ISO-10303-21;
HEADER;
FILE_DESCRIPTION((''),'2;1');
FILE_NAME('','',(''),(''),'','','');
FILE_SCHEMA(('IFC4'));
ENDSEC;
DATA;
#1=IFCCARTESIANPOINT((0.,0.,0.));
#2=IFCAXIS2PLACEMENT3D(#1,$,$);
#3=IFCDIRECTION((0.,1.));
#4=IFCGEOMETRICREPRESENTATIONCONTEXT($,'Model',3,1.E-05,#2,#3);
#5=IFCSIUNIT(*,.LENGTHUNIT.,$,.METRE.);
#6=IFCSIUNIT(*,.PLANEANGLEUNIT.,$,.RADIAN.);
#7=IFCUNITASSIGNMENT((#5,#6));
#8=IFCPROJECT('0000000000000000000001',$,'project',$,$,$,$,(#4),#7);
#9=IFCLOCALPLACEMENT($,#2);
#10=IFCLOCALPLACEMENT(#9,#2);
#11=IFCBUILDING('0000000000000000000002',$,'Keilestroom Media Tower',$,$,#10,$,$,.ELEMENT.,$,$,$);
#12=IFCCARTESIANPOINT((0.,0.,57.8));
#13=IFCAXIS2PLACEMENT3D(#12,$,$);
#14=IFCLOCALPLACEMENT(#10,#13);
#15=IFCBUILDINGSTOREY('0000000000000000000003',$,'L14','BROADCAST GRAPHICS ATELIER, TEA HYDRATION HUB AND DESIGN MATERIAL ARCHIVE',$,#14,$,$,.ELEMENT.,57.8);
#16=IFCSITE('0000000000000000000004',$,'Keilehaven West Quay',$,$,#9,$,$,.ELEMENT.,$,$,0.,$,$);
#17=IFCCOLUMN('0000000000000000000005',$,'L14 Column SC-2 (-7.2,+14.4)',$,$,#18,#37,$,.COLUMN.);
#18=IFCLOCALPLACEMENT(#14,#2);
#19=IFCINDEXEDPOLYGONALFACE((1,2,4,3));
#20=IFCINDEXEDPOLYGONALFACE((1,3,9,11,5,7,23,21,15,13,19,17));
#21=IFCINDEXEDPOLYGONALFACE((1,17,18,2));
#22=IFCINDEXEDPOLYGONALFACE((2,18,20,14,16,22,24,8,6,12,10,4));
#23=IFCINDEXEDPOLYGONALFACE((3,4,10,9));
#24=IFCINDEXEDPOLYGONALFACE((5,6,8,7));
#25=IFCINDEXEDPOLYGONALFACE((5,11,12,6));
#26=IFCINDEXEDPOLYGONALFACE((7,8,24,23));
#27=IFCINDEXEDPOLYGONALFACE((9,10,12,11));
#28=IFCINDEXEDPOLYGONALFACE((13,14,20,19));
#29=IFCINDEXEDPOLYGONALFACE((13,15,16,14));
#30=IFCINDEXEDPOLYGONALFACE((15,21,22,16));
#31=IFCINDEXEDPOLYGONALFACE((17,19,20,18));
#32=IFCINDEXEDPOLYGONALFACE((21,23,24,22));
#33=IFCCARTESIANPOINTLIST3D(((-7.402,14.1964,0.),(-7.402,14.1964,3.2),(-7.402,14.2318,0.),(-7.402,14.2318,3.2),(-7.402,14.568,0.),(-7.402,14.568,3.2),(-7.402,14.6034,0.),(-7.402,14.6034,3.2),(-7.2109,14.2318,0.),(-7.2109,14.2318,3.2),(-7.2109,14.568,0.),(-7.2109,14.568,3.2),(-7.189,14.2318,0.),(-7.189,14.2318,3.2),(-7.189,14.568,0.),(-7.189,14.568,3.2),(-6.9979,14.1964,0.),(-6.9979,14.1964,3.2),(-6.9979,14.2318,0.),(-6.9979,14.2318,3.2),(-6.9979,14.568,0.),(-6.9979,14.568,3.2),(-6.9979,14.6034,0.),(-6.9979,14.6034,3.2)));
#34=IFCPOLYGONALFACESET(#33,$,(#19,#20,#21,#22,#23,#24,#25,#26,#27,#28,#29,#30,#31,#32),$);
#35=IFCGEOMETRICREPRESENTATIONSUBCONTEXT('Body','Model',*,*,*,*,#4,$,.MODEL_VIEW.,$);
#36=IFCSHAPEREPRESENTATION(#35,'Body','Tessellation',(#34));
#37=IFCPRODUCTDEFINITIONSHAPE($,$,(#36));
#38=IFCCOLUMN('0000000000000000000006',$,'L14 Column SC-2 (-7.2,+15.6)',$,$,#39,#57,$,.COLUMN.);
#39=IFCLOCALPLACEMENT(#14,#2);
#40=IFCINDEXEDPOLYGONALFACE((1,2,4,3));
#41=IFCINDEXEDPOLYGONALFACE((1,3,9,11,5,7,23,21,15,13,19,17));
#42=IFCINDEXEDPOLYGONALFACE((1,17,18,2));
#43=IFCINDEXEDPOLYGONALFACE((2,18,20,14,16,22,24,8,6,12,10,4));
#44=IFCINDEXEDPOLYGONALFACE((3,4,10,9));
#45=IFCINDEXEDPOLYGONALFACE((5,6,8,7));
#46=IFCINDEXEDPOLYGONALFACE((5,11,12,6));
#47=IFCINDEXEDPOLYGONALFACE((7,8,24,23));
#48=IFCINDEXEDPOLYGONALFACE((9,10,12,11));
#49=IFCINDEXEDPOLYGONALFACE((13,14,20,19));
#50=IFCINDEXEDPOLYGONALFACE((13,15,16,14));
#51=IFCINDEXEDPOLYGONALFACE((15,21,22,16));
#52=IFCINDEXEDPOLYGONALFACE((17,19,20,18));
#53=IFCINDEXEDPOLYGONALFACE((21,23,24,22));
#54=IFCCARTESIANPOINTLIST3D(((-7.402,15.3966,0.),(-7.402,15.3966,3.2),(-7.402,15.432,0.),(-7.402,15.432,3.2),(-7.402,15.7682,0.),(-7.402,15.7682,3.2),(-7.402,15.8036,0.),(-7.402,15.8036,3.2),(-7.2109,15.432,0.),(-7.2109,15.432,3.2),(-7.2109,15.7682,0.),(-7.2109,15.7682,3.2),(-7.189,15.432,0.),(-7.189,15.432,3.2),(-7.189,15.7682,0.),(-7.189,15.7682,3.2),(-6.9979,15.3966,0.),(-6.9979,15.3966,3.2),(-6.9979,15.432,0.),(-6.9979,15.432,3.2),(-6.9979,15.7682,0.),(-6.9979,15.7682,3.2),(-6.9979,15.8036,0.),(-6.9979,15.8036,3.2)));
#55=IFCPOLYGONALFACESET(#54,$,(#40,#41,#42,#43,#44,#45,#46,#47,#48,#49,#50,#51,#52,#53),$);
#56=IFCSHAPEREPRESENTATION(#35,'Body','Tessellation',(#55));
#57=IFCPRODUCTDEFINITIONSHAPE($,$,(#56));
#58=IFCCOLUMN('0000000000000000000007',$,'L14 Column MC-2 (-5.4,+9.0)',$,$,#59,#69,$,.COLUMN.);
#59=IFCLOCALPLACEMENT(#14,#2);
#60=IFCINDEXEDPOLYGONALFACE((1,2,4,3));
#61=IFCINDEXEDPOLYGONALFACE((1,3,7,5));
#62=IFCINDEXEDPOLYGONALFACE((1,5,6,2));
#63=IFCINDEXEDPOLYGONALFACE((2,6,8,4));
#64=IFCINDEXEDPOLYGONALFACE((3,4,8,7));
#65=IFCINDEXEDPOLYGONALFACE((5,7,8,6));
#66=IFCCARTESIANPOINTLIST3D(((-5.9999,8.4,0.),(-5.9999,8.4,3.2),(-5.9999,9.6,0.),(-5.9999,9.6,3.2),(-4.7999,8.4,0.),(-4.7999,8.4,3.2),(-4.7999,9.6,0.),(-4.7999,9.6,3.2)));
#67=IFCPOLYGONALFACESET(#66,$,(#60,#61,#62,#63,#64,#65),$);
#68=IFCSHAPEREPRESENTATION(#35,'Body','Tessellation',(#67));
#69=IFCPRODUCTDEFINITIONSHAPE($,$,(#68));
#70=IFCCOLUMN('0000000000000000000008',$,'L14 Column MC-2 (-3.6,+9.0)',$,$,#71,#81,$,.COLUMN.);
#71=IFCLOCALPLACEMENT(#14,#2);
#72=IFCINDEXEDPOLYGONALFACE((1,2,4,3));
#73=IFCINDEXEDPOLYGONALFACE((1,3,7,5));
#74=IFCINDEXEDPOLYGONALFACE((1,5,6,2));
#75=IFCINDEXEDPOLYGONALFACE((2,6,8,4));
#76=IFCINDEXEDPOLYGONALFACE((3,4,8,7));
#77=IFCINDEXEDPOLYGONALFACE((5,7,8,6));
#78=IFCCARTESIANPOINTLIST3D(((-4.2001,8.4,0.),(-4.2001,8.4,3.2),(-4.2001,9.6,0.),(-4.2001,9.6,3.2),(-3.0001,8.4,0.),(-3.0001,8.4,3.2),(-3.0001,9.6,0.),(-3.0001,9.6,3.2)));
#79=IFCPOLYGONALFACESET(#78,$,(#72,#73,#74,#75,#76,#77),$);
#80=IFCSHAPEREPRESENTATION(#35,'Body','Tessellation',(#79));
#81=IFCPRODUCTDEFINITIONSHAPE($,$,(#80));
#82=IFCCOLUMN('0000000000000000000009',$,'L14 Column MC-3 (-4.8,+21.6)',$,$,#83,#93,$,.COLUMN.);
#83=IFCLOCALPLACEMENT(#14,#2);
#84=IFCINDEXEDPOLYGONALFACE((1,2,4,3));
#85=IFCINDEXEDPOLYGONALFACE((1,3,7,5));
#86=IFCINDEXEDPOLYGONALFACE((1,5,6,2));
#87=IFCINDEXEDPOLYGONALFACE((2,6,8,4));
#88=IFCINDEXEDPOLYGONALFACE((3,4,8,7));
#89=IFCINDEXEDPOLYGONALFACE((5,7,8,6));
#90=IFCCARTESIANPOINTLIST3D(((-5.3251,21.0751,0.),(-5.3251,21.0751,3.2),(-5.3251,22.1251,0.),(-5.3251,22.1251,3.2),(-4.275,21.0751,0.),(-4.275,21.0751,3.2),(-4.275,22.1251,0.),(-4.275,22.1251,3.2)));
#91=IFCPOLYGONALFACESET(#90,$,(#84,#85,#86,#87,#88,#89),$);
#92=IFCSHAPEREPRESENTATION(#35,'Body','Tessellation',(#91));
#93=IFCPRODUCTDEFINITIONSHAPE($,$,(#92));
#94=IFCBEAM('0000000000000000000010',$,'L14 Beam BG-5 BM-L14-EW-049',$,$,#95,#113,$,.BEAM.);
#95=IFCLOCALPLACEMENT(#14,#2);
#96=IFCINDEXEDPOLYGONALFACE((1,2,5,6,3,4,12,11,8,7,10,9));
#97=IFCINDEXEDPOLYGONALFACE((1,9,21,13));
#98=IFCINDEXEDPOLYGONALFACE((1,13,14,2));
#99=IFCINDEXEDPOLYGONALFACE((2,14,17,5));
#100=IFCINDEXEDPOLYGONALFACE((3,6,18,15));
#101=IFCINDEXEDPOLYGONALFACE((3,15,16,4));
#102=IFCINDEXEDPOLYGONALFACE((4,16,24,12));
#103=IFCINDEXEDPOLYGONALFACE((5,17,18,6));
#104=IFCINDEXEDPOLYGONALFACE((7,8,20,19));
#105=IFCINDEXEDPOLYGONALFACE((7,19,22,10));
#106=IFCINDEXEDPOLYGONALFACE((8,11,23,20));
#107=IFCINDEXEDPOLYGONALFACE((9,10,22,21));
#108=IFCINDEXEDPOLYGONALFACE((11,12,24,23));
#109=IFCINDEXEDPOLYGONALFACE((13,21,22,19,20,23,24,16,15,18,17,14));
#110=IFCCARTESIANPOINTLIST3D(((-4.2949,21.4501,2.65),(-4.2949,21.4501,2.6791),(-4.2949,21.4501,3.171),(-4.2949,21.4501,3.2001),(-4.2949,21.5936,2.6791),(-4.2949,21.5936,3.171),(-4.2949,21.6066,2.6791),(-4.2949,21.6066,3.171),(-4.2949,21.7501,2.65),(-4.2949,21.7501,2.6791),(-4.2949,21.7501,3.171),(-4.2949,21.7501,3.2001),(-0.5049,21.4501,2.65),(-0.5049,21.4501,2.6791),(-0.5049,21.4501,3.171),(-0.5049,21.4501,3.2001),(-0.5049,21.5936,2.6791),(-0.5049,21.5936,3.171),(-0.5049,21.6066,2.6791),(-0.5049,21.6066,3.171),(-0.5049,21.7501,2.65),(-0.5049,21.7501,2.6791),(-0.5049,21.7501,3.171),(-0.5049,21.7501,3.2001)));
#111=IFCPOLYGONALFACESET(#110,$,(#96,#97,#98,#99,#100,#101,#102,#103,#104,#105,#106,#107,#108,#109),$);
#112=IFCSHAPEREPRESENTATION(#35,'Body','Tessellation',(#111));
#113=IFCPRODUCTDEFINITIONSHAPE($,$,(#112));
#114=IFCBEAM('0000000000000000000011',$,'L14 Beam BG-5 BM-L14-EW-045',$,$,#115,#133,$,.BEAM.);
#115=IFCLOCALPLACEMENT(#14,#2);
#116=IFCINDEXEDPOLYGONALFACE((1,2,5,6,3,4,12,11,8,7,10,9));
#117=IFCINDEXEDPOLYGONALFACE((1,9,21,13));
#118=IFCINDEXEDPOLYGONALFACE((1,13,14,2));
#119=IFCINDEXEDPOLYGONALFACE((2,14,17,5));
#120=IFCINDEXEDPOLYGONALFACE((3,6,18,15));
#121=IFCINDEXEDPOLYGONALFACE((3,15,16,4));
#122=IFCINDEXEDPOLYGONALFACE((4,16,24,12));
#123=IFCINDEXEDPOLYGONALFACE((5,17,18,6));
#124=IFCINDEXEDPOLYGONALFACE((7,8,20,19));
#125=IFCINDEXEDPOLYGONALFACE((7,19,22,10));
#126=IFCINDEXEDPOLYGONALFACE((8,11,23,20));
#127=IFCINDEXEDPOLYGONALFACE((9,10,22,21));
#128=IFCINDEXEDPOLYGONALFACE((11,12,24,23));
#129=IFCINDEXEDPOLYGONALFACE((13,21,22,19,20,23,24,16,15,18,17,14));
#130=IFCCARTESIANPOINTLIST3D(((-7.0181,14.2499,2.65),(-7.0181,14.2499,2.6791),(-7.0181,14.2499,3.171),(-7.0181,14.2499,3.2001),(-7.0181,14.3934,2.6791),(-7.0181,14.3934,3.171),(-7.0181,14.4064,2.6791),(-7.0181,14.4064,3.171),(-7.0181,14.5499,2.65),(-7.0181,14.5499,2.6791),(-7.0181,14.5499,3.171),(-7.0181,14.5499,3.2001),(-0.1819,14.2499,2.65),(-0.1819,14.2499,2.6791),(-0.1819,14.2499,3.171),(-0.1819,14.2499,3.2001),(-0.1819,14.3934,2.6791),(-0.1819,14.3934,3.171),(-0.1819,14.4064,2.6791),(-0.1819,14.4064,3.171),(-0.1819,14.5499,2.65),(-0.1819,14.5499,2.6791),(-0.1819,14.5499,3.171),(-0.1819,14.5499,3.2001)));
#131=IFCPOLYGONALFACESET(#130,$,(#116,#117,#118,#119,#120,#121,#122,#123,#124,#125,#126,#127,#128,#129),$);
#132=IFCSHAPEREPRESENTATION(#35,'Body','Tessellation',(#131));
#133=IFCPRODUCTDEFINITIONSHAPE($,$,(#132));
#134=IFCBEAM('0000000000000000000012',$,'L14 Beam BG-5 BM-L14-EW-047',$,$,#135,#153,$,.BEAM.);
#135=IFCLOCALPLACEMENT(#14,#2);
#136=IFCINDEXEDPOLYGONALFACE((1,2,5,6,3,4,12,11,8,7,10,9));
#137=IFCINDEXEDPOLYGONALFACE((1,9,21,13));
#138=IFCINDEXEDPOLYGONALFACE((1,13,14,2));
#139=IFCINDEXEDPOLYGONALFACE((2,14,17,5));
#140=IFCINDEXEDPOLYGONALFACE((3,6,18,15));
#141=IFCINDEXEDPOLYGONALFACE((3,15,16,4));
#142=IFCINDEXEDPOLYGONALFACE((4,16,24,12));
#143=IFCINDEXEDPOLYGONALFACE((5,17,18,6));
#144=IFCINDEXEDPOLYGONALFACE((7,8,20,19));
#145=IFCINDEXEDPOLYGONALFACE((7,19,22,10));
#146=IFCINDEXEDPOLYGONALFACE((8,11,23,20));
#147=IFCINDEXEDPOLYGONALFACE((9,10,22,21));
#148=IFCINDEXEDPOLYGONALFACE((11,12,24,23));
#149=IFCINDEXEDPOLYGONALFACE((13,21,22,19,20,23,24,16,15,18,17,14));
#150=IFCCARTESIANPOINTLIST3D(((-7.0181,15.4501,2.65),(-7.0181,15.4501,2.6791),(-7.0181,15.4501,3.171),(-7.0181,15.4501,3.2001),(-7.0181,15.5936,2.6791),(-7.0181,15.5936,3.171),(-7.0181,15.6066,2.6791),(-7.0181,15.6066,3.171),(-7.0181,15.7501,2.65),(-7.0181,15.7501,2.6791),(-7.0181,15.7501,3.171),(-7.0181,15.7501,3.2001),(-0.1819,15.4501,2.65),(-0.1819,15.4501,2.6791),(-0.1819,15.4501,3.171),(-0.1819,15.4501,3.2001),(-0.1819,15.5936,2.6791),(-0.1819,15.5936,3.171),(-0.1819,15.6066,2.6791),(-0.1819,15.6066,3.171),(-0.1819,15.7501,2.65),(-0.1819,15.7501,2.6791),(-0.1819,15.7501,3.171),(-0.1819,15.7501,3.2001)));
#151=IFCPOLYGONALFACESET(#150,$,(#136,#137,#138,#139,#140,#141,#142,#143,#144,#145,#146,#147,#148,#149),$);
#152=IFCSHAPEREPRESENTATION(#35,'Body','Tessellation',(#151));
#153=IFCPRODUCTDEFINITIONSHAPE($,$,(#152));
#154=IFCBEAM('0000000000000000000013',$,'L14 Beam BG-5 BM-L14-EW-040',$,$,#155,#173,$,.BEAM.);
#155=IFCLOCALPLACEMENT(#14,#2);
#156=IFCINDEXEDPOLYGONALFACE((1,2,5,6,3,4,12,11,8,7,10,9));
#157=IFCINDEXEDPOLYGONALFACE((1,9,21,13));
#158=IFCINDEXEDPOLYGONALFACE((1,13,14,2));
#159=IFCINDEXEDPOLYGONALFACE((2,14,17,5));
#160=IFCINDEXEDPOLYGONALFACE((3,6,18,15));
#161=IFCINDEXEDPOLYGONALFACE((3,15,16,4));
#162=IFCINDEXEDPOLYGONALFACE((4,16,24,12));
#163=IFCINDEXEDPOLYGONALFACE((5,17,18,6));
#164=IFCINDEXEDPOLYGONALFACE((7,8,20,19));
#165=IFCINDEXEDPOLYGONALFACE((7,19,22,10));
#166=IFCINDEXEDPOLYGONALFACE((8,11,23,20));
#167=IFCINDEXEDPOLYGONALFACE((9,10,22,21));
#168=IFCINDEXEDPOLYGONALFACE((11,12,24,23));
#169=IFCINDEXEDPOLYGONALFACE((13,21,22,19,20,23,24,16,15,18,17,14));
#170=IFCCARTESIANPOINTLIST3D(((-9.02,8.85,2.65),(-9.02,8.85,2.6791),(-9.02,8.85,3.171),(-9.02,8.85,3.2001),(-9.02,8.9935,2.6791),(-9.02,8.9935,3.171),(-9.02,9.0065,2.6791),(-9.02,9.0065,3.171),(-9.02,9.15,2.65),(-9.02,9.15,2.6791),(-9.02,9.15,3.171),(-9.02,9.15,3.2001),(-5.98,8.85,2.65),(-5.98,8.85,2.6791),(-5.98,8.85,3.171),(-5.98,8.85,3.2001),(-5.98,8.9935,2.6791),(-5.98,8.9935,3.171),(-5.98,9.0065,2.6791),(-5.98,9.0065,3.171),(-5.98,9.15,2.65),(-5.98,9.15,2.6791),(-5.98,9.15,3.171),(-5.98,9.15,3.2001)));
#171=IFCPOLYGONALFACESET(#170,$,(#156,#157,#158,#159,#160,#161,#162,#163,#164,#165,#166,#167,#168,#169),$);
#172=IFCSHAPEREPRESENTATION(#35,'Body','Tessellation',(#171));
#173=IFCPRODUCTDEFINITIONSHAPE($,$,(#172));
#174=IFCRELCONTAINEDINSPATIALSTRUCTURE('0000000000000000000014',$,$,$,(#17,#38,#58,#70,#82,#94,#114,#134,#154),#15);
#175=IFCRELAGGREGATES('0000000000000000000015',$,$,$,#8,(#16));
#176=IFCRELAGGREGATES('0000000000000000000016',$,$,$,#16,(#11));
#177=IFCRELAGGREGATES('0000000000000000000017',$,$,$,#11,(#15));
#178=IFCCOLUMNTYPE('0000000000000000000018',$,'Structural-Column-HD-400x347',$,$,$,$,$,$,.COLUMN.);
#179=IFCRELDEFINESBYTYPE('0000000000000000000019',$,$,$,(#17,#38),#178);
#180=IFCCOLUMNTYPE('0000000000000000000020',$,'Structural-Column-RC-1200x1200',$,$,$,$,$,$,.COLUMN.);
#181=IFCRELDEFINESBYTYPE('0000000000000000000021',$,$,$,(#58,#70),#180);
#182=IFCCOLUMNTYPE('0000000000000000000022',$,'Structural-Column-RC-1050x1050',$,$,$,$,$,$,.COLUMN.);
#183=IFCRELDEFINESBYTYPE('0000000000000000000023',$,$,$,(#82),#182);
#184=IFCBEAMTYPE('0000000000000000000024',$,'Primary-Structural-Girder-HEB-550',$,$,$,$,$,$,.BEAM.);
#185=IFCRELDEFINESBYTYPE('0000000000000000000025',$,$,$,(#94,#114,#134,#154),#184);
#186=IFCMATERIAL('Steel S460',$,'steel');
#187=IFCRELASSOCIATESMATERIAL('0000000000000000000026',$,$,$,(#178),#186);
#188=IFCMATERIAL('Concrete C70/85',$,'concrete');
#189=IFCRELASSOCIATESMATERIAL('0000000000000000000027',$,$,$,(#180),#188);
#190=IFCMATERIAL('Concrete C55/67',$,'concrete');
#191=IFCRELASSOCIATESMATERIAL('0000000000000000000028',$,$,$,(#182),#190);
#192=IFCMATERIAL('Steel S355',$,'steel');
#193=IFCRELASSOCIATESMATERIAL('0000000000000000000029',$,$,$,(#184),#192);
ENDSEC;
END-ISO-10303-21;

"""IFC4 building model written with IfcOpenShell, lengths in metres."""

from ifc_helpers import new_model, si_unit, direction, frame, origin, origin_2d, place, context, subcontext, project, spatial, rectangle, i_section, extrude, source, transform, mapped, material, material_profile, profile_set, type_object, element, save


model = new_model("IFC4")

# Units and contexts
model_context = context("Model", 3, precision=1e-05, world=origin(), true_north=direction((0.0, 1.0)))
body_context = subcontext(model_context, "Body", "Model", "MODEL_VIEW")
ifc_project = project(units=[si_unit("LENGTHUNIT", "METRE"), si_unit("PLANEANGLEUNIT", "RADIAN")], contexts=[model_context])

# Site, building, storey
site_placement = place(None, origin())
site = spatial("IfcSite", under=ifc_project, at=site_placement, Name="Keilehaven West Quay", CompositionType="ELEMENT", RefElevation=0.0)
building_placement = place(site_placement, origin())
building = spatial("IfcBuilding", under=site, at=building_placement, Name="Keilestroom Media Tower", CompositionType="ELEMENT")
storey_placement = place(building_placement, frame((0.0, 0.0, 57.8)))
storey = spatial("IfcBuildingStorey", under=building, at=storey_placement, Name="L14", Description="BROADCAST GRAPHICS ATELIER, TEA HYDRATION HUB AND DESIGN MATERIAL ARCHIVE", CompositionType="ELEMENT", Elevation=57.8)

# Columns
ifc_material_1 = material(Name="Steel S460", Category="steel")
ifc_material_profile_1 = material_profile(ifc_material_1, i_section(OverallWidth=0.4041, OverallDepth=0.407, WebThickness=0.022, FlangeThickness=0.0354, at=origin_2d()), Name="HD 400x347")
ifc_profile_set_1 = profile_set([ifc_material_profile_1], Name="Steel S460")
column_type_1 = type_object("IfcColumnType", Name="Structural-Column-HD-400x347", PredefinedType="COLUMN", material=ifc_profile_set_1)
shared_shape_1 = source(origin(), body_context, "Body", "SweptSolid", [
    extrude(i_section(OverallWidth=0.4041, OverallDepth=0.407, WebThickness=0.022, FlangeThickness=0.0354, at=origin_2d()), origin(), (0.0, 0.0, 1.0), 3.2),
])
for number, where, z_axis, x_axis, name in (
    (1, (-7.2, 14.3999, 0.0), (0.0, 0.0, 1.0), (1.0, 0.0, 0.0), "L14 Column SC-2 (-7.2,+14.4)"),
    (2, (-7.2, 15.6001, 0.0), (0.0, 0.0, 1.0), (1.0, 0.0, 0.0), "L14 Column SC-2 (-7.2,+15.6)"),
):
    element("IfcColumn", number, at=place(storey_placement, frame(where, z_axis=z_axis, x_axis=x_axis)), inside=storey, type_object=column_type_1, Name=name, PredefinedType="COLUMN", context=body_context, shape_type="MappedRepresentation", body=[
        mapped(shared_shape_1, transform((0.0, 0.0, 0.0), x_axis=(1.0, 0.0, 0.0), y_axis=(0.0, 1.0, 0.0), z_axis=(0.0, 0.0, 1.0), scale=1.0)),
    ])
ifc_material_2 = material(Name="Concrete C70/85", Category="concrete")
ifc_material_profile_2 = material_profile(ifc_material_2, rectangle(XDim=1.2, YDim=1.2, at=origin_2d()), Name="RC 1200x1200")
ifc_profile_set_2 = profile_set([ifc_material_profile_2], Name="Concrete C70/85")
column_type_2 = type_object("IfcColumnType", Name="Structural-Column-RC-1200x1200", PredefinedType="COLUMN", material=ifc_profile_set_2)
shared_shape_2 = source(origin(), body_context, "Body", "SweptSolid", [
    extrude(rectangle(XDim=1.2, YDim=1.2, at=origin_2d()), origin(), (0.0, 0.0, 1.0), 3.2),
])
for number, where, z_axis, x_axis, name in (
    (3, (-5.3999, 9.0, 0.0), (0.0, 0.0, 1.0), (1.0, 0.0, 0.0), "L14 Column MC-2 (-5.4,+9.0)"),
    (4, (-3.6001, 9.0, 0.0), (0.0, 0.0, 1.0), (1.0, 0.0, 0.0), "L14 Column MC-2 (-3.6,+9.0)"),
):
    element("IfcColumn", number, at=place(storey_placement, frame(where, z_axis=z_axis, x_axis=x_axis)), inside=storey, type_object=column_type_2, Name=name, PredefinedType="COLUMN", context=body_context, shape_type="MappedRepresentation", body=[
        mapped(shared_shape_2, transform((0.0, 0.0, 0.0), x_axis=(1.0, 0.0, 0.0), y_axis=(0.0, 1.0, 0.0), z_axis=(0.0, 0.0, 1.0), scale=1.0)),
    ])
ifc_material_3 = material(Name="Concrete C55/67", Category="concrete")
ifc_material_profile_3 = material_profile(ifc_material_3, rectangle(XDim=1.05, YDim=1.05, at=origin_2d()), Name="RC 1050x1050")
ifc_profile_set_3 = profile_set([ifc_material_profile_3], Name="Concrete C55/67")
column_type_3 = type_object("IfcColumnType", Name="Structural-Column-RC-1050x1050", PredefinedType="COLUMN", material=ifc_profile_set_3)
shared_shape_3 = source(origin(), body_context, "Body", "SweptSolid", [
    extrude(rectangle(XDim=1.05, YDim=1.05, at=origin_2d()), origin(), (0.0, 0.0, 1.0), 3.2),
])
column_placement = place(storey_placement, frame((-4.8, 21.6001, 0.0), z_axis=(0.0, 0.0, 1.0), x_axis=(1.0, 0.0, 0.0)))
element("IfcColumn", 5, at=column_placement, inside=storey, type_object=column_type_3, Name="L14 Column MC-3 (-4.8,+21.6)", PredefinedType="COLUMN", context=body_context, shape_type="MappedRepresentation", body=[
    mapped(shared_shape_3, transform((0.0, 0.0, 0.0), x_axis=(1.0, 0.0, 0.0), y_axis=(0.0, 1.0, 0.0), z_axis=(0.0, 0.0, 1.0), scale=1.0)),
])

# Beams
ifc_material_4 = material(Name="Steel S355", Category="steel")
ifc_material_profile_4 = material_profile(ifc_material_4, i_section(OverallWidth=0.3, OverallDepth=0.55, WebThickness=0.0129, FlangeThickness=0.0291, at=origin_2d()), Name="HEB 550")
ifc_profile_set_4 = profile_set([ifc_material_profile_4], Name="Steel S355")
beam_type = type_object("IfcBeamType", Name="Primary-Structural-Girder-HEB-550", PredefinedType="BEAM", material=ifc_profile_set_4)
shared_shape_4 = source(origin(), body_context, "Body", "SweptSolid", [
    extrude(i_section(OverallWidth=0.3, OverallDepth=0.55, WebThickness=0.0129, FlangeThickness=0.0291, at=origin_2d()), origin(), (0.0, 0.0, 1.0), 3.79),
])
beam_1_placement = place(storey_placement, frame((-4.2949, 21.6001, 2.925), z_axis=(1.0, 0.0, 0.0), x_axis=(0.0, 1.0, 0.0)))
element("IfcBeam", 6, at=beam_1_placement, inside=storey, type_object=beam_type, Name="L14 Beam BG-5 BM-L14-EW-049", PredefinedType="BEAM", context=body_context, shape_type="MappedRepresentation", body=[
    mapped(shared_shape_4, transform((0.0, 0.0, 0.0), x_axis=(1.0, 0.0, 0.0), y_axis=(0.0, 1.0, 0.0), z_axis=(0.0, 0.0, 1.0), scale=1.0)),
])
shared_shape_5 = source(origin(), body_context, "Body", "SweptSolid", [
    extrude(i_section(OverallWidth=0.3, OverallDepth=0.55, WebThickness=0.0129, FlangeThickness=0.0291, at=origin_2d()), origin(), (0.0, 0.0, 1.0), 6.8362),
])
for number, where, z_axis, x_axis, name in (
    (7, (-7.0181, 14.3999, 2.925), (1.0, 0.0, 0.0), (0.0, 1.0, 0.0), "L14 Beam BG-5 BM-L14-EW-045"),
    (8, (-7.0181, 15.6001, 2.925), (1.0, 0.0, 0.0), (0.0, 1.0, 0.0), "L14 Beam BG-5 BM-L14-EW-047"),
):
    element("IfcBeam", number, at=place(storey_placement, frame(where, z_axis=z_axis, x_axis=x_axis)), inside=storey, type_object=beam_type, Name=name, PredefinedType="BEAM", context=body_context, shape_type="MappedRepresentation", body=[
        mapped(shared_shape_5, transform((0.0, 0.0, 0.0), x_axis=(1.0, 0.0, 0.0), y_axis=(0.0, 1.0, 0.0), z_axis=(0.0, 0.0, 1.0), scale=1.0)),
    ])
shared_shape_6 = source(origin(), body_context, "Body", "SweptSolid", [
    extrude(i_section(OverallWidth=0.3, OverallDepth=0.55, WebThickness=0.0129, FlangeThickness=0.0291, at=origin_2d()), origin(), (0.0, 0.0, 1.0), 3.04),
])
beam_2_placement = place(storey_placement, frame((-9.02, 9.0, 2.925), z_axis=(1.0, 0.0, 0.0), x_axis=(0.0, 1.0, 0.0)))
element("IfcBeam", 9, at=beam_2_placement, inside=storey, type_object=beam_type, Name="L14 Beam BG-5 BM-L14-EW-040", PredefinedType="BEAM", context=body_context, shape_type="MappedRepresentation", body=[
    mapped(shared_shape_6, transform((0.0, 0.0, 0.0), x_axis=(1.0, 0.0, 0.0), y_axis=(0.0, 1.0, 0.0), z_axis=(0.0, 0.0, 1.0), scale=1.0)),
])

save(model, "model.ifc")
